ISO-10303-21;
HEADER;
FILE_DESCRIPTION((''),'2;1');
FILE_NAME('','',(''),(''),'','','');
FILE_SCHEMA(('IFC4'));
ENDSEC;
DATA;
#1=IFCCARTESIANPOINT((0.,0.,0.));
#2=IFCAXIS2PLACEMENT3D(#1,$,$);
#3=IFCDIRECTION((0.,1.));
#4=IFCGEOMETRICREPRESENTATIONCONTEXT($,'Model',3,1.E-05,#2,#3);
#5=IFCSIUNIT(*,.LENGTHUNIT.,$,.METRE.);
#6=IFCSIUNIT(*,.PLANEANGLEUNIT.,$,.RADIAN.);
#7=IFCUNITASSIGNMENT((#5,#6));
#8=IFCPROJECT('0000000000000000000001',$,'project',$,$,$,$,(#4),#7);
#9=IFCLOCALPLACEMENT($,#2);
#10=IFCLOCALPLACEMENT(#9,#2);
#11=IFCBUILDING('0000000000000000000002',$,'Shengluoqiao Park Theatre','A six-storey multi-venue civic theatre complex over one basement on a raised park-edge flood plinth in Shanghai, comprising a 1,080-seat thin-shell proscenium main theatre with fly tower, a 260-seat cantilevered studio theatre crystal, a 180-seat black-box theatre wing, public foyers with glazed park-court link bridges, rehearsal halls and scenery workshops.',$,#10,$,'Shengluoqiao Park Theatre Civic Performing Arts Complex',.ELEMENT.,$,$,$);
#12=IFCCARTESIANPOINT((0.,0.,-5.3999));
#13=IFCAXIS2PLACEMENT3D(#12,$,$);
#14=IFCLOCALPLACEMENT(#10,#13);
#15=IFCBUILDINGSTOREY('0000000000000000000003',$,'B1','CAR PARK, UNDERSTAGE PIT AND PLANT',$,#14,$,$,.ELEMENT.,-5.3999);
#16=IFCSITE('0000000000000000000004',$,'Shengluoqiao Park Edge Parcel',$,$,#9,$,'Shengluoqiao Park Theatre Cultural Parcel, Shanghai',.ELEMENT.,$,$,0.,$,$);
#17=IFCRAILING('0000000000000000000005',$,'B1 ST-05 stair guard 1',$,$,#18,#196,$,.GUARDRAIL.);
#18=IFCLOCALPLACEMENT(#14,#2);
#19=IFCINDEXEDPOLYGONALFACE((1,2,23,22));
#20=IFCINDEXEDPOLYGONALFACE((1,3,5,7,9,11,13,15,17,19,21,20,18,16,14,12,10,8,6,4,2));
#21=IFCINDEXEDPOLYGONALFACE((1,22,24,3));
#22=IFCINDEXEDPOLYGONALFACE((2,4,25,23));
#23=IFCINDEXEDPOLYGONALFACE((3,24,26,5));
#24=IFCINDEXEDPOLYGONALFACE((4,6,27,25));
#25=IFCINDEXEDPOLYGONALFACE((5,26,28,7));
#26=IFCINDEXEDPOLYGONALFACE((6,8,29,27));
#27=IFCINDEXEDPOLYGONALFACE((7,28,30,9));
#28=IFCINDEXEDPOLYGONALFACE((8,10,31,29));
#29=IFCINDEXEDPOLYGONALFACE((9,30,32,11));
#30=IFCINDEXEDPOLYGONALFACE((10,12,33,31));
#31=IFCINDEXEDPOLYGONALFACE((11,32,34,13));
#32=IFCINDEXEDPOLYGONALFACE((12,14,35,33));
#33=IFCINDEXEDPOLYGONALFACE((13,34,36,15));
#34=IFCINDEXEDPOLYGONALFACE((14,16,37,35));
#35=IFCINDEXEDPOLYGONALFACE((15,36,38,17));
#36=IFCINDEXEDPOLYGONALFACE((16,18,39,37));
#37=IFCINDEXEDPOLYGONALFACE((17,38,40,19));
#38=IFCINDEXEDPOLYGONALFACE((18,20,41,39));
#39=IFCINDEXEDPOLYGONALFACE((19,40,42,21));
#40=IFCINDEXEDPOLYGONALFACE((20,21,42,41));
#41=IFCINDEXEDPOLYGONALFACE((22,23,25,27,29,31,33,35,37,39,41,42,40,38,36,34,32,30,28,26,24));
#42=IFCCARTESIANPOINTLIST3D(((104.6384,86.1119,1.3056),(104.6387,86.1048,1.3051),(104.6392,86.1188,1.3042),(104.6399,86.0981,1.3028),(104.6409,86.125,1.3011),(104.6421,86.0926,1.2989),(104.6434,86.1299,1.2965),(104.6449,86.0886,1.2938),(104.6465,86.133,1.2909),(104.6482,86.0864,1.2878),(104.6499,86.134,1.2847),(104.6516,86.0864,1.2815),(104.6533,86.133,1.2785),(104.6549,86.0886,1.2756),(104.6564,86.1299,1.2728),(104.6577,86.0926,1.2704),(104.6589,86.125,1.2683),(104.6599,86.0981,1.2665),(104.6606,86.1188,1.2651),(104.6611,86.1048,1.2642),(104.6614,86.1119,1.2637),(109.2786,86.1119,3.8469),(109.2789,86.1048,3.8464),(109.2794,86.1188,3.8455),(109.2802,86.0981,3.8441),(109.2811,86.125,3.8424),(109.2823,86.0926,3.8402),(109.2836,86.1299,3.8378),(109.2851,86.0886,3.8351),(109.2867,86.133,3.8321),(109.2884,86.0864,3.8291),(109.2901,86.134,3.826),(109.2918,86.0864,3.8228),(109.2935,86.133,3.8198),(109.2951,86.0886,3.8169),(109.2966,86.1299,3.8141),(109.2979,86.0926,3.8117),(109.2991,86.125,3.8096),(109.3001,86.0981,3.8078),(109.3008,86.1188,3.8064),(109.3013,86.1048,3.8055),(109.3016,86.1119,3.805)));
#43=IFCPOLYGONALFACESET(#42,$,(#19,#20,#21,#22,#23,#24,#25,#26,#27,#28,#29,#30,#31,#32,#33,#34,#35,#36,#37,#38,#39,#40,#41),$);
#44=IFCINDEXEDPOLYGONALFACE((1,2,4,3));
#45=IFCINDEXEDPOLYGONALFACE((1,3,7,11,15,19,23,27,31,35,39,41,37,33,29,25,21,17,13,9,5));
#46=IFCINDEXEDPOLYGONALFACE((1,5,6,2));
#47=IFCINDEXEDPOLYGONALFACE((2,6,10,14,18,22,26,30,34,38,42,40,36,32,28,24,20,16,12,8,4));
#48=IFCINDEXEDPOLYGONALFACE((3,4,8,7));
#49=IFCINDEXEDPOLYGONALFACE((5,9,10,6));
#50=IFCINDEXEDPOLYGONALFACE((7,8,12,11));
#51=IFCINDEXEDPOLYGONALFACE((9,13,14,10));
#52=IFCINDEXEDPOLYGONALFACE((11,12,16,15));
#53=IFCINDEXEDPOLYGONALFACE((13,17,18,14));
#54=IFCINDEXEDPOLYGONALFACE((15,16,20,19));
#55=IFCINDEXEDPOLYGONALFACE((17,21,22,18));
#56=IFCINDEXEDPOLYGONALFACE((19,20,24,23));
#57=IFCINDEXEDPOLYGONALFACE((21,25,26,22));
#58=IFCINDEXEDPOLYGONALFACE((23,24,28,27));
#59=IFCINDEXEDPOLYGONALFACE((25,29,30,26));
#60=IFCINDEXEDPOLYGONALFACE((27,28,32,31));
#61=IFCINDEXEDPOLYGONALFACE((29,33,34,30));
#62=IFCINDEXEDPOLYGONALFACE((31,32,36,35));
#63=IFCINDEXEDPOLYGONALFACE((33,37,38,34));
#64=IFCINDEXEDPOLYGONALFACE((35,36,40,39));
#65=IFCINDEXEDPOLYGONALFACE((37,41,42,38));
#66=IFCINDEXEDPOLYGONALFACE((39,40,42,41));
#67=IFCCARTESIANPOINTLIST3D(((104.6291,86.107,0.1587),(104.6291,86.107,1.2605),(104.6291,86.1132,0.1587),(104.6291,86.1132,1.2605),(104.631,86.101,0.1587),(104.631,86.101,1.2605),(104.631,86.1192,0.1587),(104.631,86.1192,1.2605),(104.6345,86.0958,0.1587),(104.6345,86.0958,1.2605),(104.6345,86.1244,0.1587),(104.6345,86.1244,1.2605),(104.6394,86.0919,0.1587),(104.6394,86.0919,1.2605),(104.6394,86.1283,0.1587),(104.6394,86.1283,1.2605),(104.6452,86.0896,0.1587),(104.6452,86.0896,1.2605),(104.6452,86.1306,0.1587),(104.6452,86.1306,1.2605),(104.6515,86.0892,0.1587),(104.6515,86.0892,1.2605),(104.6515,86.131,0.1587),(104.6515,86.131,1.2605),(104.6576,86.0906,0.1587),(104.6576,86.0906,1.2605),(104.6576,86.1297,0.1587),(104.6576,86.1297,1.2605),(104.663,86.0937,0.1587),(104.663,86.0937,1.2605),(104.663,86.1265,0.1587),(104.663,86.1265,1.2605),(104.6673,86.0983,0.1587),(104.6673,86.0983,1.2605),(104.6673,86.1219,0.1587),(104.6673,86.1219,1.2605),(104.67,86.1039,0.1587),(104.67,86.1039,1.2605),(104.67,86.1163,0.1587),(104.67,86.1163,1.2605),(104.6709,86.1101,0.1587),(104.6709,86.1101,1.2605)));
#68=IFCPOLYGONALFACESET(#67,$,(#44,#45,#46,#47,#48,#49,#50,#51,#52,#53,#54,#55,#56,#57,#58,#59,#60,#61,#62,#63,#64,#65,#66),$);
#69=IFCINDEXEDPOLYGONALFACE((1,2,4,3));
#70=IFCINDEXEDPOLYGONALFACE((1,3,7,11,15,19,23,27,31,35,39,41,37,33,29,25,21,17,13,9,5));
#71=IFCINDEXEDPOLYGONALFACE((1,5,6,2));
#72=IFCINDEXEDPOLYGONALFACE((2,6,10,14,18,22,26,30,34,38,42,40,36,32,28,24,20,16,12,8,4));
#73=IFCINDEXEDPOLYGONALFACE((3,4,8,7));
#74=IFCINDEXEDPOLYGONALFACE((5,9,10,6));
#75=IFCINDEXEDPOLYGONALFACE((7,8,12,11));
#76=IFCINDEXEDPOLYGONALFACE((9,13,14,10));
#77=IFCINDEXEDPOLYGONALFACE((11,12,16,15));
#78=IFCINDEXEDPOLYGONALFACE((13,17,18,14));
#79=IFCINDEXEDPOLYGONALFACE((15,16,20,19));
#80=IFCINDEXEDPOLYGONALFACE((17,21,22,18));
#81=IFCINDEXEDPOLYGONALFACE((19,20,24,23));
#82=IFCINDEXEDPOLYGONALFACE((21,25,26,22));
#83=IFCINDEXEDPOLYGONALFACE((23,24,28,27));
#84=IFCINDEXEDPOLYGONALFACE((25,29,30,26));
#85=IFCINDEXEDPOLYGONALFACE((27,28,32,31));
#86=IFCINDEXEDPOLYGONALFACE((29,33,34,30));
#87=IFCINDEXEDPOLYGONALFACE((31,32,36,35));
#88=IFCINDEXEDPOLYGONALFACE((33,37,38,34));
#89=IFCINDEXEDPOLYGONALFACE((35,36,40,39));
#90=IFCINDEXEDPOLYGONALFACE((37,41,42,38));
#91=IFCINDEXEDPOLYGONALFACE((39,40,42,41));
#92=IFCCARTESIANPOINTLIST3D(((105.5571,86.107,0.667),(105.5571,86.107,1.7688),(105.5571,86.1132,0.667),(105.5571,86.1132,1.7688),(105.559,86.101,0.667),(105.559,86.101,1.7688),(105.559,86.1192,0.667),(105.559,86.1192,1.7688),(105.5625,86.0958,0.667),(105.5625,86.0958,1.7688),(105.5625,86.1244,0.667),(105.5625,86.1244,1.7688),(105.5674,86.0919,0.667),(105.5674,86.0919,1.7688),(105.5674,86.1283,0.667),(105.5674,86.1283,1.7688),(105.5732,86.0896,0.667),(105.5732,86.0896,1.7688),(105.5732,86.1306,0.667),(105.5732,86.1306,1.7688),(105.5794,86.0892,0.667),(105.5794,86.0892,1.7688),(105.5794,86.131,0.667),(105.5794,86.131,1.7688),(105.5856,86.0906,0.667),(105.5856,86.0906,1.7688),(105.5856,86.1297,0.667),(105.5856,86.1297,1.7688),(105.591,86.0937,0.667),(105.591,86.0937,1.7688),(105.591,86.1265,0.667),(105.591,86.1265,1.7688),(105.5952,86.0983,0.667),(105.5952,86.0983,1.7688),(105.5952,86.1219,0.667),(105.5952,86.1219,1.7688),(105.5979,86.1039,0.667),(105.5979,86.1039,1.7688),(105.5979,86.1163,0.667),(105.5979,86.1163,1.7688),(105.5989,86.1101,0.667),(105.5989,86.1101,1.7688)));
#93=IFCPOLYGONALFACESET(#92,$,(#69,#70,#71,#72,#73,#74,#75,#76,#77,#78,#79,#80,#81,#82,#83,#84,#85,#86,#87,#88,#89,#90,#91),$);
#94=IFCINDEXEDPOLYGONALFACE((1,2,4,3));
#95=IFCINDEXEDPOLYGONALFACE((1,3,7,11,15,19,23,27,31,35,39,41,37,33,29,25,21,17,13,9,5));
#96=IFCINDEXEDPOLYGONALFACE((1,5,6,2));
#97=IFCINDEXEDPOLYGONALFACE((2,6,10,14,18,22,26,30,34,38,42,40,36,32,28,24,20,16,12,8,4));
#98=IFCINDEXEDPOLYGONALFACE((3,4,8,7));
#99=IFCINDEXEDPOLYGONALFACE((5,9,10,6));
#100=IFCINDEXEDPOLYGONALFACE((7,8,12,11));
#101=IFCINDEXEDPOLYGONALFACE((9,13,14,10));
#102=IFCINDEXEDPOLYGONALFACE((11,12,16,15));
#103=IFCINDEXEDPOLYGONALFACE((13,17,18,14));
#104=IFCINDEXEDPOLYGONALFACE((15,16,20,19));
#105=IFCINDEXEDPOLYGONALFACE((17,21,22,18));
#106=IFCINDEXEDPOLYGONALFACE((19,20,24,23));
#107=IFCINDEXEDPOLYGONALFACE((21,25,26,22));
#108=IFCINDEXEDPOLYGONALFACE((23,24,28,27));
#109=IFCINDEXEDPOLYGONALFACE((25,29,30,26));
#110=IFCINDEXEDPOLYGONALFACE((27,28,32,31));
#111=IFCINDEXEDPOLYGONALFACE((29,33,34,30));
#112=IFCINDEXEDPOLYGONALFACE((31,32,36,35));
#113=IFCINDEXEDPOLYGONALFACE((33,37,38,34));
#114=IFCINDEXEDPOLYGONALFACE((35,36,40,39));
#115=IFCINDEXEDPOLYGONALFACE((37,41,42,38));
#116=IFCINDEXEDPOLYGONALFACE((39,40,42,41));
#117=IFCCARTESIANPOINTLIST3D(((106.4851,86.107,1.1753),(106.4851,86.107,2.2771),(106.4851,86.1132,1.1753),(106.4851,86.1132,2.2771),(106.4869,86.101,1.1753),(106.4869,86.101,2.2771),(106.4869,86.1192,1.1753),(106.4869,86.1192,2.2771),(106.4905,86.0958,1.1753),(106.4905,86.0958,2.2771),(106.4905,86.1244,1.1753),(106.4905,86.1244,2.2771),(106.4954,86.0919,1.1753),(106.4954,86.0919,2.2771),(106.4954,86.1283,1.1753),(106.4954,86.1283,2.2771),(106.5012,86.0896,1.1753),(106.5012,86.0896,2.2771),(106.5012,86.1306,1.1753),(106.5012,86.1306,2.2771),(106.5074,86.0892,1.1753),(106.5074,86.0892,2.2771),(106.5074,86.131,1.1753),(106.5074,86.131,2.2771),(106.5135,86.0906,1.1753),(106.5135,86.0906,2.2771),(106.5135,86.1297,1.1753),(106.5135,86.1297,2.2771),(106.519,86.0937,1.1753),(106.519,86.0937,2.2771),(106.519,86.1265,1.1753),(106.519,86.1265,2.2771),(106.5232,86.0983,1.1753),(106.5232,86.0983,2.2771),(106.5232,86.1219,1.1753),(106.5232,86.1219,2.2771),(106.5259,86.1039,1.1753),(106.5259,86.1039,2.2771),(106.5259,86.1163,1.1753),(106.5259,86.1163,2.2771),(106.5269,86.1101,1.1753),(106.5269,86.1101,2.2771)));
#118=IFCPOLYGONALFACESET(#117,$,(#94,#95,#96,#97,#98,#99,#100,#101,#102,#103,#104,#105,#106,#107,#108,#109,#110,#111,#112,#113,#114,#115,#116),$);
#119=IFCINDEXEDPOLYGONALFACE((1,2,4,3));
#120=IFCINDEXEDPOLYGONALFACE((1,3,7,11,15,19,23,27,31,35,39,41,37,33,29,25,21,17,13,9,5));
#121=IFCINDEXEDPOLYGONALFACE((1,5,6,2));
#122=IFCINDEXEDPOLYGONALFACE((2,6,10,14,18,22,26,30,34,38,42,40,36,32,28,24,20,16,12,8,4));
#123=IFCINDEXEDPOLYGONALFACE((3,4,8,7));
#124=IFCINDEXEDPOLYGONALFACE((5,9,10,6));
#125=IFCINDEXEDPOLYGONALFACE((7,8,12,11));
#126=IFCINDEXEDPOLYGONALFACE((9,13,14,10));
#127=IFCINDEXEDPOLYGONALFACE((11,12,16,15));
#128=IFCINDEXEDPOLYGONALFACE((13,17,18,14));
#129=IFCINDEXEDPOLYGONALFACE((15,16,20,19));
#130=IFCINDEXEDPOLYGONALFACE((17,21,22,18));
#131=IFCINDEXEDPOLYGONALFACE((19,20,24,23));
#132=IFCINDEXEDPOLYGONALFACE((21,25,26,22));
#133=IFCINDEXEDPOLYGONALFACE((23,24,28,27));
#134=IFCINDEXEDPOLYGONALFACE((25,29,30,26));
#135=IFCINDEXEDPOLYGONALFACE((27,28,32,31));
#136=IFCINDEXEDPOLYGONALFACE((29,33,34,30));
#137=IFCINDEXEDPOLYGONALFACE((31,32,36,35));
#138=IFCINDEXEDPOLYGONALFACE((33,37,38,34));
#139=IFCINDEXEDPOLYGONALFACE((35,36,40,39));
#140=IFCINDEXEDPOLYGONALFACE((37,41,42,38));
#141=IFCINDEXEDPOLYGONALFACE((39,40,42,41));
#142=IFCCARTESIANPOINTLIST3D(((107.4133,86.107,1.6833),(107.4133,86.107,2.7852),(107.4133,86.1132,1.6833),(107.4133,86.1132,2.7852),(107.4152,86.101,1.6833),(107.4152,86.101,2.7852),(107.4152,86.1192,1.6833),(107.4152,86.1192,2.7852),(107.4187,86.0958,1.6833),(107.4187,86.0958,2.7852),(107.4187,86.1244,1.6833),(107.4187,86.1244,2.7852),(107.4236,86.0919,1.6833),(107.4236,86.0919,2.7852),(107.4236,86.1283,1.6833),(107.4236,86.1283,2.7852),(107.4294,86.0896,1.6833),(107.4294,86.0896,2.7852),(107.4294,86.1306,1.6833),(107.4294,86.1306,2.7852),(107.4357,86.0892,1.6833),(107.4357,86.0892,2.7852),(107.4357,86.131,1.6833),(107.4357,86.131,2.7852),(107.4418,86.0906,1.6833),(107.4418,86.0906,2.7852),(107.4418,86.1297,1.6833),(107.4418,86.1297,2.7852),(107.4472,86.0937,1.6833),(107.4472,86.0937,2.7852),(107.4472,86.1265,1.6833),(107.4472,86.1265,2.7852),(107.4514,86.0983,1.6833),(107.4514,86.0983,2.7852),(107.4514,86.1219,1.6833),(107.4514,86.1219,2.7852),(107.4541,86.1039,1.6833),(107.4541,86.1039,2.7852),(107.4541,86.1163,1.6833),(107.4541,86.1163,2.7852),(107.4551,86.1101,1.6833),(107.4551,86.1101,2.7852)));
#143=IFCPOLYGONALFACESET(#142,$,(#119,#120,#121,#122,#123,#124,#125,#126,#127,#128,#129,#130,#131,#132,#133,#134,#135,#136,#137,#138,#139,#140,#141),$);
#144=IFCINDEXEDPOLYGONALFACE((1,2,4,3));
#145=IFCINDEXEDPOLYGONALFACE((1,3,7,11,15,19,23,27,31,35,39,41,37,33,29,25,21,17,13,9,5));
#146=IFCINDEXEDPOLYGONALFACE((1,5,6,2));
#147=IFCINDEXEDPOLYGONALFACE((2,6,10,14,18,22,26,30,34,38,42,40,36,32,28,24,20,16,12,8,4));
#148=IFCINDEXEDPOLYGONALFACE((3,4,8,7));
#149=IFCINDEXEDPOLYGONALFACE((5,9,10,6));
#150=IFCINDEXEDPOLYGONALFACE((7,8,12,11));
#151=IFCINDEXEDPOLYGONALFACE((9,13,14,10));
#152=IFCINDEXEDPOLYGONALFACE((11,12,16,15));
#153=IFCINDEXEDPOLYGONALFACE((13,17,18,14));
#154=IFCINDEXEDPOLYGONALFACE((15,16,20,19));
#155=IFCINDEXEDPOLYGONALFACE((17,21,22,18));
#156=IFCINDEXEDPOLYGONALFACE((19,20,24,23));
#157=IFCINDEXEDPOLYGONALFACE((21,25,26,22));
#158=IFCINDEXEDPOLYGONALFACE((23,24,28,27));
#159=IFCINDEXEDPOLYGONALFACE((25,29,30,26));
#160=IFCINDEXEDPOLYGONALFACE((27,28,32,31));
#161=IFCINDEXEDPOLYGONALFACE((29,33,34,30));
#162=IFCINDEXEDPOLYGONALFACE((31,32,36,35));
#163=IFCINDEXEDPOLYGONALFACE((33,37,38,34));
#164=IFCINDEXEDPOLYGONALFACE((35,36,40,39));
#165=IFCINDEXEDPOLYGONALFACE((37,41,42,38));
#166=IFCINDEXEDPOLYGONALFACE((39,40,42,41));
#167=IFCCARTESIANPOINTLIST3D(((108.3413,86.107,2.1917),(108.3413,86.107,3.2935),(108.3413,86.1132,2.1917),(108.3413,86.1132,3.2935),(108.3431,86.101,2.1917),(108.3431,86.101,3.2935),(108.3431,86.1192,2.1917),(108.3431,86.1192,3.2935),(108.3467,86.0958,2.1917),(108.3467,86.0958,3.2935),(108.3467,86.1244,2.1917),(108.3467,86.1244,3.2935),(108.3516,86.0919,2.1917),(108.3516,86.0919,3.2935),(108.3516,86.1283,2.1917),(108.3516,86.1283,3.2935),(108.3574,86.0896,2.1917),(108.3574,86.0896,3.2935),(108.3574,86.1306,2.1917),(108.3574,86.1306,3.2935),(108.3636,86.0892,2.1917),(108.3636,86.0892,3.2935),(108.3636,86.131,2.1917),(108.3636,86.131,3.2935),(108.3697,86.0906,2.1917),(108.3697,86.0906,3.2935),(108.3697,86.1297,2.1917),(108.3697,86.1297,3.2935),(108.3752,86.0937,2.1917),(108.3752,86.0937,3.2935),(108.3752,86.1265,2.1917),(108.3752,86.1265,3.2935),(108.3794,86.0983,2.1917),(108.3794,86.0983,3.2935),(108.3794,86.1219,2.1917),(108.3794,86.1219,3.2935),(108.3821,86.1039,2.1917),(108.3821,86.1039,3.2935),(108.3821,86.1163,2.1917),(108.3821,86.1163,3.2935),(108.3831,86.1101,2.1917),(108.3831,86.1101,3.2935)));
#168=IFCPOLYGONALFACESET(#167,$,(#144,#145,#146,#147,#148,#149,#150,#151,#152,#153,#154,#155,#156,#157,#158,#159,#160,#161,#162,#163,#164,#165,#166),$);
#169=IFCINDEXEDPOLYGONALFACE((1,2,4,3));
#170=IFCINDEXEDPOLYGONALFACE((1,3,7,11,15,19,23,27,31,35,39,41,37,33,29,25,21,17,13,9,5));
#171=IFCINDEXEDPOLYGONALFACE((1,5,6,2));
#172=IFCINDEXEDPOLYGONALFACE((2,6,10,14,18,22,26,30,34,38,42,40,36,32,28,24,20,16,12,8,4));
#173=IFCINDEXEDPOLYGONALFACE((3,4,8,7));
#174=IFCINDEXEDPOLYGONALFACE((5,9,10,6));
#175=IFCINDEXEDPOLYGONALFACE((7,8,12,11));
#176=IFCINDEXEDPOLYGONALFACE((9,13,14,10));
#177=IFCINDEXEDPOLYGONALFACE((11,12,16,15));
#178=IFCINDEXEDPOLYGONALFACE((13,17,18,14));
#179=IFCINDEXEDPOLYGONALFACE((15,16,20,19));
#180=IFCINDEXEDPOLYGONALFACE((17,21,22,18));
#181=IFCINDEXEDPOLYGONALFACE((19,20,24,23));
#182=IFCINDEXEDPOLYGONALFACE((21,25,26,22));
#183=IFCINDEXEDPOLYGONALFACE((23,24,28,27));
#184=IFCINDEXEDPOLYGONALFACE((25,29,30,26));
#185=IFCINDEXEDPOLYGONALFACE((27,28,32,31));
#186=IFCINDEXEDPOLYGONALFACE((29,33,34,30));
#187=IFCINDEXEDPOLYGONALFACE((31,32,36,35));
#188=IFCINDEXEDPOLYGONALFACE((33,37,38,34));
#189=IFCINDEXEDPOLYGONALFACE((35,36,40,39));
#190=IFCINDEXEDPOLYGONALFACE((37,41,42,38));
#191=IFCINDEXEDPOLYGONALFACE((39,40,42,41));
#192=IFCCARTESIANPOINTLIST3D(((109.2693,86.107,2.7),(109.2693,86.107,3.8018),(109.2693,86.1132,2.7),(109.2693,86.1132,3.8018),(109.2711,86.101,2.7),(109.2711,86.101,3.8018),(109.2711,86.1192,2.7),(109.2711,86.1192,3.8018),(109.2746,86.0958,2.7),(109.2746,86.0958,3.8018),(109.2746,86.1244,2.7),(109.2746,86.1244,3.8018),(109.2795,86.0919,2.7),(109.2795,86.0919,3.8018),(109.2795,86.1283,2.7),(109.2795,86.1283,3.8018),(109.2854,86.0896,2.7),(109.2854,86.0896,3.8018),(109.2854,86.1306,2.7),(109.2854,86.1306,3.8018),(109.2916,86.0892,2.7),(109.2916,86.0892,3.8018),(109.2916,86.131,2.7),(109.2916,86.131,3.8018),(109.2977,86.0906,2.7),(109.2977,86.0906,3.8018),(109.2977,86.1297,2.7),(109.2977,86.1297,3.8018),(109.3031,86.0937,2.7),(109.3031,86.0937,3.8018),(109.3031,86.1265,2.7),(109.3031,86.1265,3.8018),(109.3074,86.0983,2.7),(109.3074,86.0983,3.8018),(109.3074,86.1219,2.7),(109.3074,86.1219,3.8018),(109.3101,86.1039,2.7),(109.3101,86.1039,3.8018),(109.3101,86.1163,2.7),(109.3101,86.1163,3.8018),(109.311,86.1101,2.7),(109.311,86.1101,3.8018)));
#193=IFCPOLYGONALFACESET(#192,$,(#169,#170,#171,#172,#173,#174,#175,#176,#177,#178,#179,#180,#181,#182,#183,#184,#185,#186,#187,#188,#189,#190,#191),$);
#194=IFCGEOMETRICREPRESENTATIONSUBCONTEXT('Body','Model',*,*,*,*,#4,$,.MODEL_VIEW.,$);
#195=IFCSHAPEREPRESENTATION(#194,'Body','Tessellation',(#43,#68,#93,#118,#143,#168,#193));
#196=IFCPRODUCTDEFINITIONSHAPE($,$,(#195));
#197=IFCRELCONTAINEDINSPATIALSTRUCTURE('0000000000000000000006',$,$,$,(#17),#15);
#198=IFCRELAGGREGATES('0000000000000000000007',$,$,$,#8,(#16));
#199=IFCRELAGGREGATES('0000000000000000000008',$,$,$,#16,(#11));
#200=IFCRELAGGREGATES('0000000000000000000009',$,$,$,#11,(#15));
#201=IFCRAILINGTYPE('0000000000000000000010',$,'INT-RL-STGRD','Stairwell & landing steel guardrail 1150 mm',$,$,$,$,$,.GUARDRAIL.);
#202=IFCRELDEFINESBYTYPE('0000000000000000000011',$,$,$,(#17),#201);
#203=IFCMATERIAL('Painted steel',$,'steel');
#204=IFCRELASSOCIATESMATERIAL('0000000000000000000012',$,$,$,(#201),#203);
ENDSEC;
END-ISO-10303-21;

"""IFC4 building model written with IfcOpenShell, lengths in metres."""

from ifc_helpers import new_model, si_unit, direction, frame, origin, origin_2d, place, context, subcontext, project, spatial, circle, extrude, material, type_object, element, save


model = new_model("IFC4")

# Units and contexts
model_context = context("Model", 3, precision=1e-05, world=origin(), true_north=direction((0.0, 1.0)))
body_context = subcontext(model_context, "Body", "Model", "MODEL_VIEW")
ifc_project = project(units=[si_unit("LENGTHUNIT", "METRE"), si_unit("PLANEANGLEUNIT", "RADIAN")], contexts=[model_context])

# Site, building, storey
site_placement = place(None, origin())
site = spatial("IfcSite", under=ifc_project, at=site_placement, Name="Shengluoqiao Park Edge Parcel", LongName="Shengluoqiao Park Theatre Cultural Parcel, Shanghai", CompositionType="ELEMENT", RefElevation=0.0)
building_placement = place(site_placement, origin())
building = spatial("IfcBuilding", under=site, at=building_placement, Name="Shengluoqiao Park Theatre", Description="A six-storey multi-venue civic theatre complex over one basement on a raised park-edge flood plinth in Shanghai, comprising a 1,080-seat thin-shell proscenium main theatre with fly tower, a 260-seat cantilevered studio theatre crystal, a 180-seat black-box theatre wing, public foyers with glazed park-court link bridges, rehearsal halls and scenery workshops.", LongName="Shengluoqiao Park Theatre Civic Performing Arts Complex", CompositionType="ELEMENT")
storey_placement = place(building_placement, frame((0.0, 0.0, -5.3999)))
storey = spatial("IfcBuildingStorey", under=building, at=storey_placement, Name="B1", Description="CAR PARK, UNDERSTAGE PIT AND PLANT", CompositionType="ELEMENT", Elevation=-5.3999)

# Railing
ifc_material_1 = material(Name="Painted steel", Category="steel")
railing_type_1 = type_object("IfcRailingType", Name="INT-RL-STGRD", Description="Stairwell & landing steel guardrail 1150 mm", PredefinedType="GUARDRAIL", material=ifc_material_1)
railing_1_placement = place(storey_placement, frame((104.6499, 86.1101, 0.1587)))
element("IfcRailing", 1, at=railing_1_placement, inside=storey, type_object=railing_type_1, Name="B1 ST-05 stair guard 1", PredefinedType="GUARDRAIL", context=body_context, shape_type="SweptSolid", body=[
    extrude(circle(Radius=0.0239, at=origin_2d()), frame((0.0, 0.0, 1.126), z_axis=(0.877078, 0.0, 0.480348), x_axis=(0.0, 1.0, 0.0)), (0.0, 0.0, 1.0), 5.2905),
    extrude(circle(Radius=0.021, at=origin_2d()), origin(), (0.0, 0.0, 1.0), 1.1018),
    extrude(circle(Radius=0.021, at=origin_2d()), frame((0.928, 0.0, 0.5083)), (0.0, 0.0, 1.0), 1.1018),
    extrude(circle(Radius=0.021, at=origin_2d()), frame((1.856, 0.0, 1.0166)), (0.0, 0.0, 1.0), 1.1018),
    extrude(circle(Radius=0.021, at=origin_2d()), frame((2.7842, 0.0, 1.5247)), (0.0, 0.0, 1.0), 1.1018),
    extrude(circle(Radius=0.021, at=origin_2d()), frame((3.7122, 0.0, 2.033)), (0.0, 0.0, 1.0), 1.1018),
    extrude(circle(Radius=0.021, at=origin_2d()), frame((4.6401, 0.0, 2.5413)), (0.0, 0.0, 1.0), 1.1018),
])

save(model, "model.ifc")
